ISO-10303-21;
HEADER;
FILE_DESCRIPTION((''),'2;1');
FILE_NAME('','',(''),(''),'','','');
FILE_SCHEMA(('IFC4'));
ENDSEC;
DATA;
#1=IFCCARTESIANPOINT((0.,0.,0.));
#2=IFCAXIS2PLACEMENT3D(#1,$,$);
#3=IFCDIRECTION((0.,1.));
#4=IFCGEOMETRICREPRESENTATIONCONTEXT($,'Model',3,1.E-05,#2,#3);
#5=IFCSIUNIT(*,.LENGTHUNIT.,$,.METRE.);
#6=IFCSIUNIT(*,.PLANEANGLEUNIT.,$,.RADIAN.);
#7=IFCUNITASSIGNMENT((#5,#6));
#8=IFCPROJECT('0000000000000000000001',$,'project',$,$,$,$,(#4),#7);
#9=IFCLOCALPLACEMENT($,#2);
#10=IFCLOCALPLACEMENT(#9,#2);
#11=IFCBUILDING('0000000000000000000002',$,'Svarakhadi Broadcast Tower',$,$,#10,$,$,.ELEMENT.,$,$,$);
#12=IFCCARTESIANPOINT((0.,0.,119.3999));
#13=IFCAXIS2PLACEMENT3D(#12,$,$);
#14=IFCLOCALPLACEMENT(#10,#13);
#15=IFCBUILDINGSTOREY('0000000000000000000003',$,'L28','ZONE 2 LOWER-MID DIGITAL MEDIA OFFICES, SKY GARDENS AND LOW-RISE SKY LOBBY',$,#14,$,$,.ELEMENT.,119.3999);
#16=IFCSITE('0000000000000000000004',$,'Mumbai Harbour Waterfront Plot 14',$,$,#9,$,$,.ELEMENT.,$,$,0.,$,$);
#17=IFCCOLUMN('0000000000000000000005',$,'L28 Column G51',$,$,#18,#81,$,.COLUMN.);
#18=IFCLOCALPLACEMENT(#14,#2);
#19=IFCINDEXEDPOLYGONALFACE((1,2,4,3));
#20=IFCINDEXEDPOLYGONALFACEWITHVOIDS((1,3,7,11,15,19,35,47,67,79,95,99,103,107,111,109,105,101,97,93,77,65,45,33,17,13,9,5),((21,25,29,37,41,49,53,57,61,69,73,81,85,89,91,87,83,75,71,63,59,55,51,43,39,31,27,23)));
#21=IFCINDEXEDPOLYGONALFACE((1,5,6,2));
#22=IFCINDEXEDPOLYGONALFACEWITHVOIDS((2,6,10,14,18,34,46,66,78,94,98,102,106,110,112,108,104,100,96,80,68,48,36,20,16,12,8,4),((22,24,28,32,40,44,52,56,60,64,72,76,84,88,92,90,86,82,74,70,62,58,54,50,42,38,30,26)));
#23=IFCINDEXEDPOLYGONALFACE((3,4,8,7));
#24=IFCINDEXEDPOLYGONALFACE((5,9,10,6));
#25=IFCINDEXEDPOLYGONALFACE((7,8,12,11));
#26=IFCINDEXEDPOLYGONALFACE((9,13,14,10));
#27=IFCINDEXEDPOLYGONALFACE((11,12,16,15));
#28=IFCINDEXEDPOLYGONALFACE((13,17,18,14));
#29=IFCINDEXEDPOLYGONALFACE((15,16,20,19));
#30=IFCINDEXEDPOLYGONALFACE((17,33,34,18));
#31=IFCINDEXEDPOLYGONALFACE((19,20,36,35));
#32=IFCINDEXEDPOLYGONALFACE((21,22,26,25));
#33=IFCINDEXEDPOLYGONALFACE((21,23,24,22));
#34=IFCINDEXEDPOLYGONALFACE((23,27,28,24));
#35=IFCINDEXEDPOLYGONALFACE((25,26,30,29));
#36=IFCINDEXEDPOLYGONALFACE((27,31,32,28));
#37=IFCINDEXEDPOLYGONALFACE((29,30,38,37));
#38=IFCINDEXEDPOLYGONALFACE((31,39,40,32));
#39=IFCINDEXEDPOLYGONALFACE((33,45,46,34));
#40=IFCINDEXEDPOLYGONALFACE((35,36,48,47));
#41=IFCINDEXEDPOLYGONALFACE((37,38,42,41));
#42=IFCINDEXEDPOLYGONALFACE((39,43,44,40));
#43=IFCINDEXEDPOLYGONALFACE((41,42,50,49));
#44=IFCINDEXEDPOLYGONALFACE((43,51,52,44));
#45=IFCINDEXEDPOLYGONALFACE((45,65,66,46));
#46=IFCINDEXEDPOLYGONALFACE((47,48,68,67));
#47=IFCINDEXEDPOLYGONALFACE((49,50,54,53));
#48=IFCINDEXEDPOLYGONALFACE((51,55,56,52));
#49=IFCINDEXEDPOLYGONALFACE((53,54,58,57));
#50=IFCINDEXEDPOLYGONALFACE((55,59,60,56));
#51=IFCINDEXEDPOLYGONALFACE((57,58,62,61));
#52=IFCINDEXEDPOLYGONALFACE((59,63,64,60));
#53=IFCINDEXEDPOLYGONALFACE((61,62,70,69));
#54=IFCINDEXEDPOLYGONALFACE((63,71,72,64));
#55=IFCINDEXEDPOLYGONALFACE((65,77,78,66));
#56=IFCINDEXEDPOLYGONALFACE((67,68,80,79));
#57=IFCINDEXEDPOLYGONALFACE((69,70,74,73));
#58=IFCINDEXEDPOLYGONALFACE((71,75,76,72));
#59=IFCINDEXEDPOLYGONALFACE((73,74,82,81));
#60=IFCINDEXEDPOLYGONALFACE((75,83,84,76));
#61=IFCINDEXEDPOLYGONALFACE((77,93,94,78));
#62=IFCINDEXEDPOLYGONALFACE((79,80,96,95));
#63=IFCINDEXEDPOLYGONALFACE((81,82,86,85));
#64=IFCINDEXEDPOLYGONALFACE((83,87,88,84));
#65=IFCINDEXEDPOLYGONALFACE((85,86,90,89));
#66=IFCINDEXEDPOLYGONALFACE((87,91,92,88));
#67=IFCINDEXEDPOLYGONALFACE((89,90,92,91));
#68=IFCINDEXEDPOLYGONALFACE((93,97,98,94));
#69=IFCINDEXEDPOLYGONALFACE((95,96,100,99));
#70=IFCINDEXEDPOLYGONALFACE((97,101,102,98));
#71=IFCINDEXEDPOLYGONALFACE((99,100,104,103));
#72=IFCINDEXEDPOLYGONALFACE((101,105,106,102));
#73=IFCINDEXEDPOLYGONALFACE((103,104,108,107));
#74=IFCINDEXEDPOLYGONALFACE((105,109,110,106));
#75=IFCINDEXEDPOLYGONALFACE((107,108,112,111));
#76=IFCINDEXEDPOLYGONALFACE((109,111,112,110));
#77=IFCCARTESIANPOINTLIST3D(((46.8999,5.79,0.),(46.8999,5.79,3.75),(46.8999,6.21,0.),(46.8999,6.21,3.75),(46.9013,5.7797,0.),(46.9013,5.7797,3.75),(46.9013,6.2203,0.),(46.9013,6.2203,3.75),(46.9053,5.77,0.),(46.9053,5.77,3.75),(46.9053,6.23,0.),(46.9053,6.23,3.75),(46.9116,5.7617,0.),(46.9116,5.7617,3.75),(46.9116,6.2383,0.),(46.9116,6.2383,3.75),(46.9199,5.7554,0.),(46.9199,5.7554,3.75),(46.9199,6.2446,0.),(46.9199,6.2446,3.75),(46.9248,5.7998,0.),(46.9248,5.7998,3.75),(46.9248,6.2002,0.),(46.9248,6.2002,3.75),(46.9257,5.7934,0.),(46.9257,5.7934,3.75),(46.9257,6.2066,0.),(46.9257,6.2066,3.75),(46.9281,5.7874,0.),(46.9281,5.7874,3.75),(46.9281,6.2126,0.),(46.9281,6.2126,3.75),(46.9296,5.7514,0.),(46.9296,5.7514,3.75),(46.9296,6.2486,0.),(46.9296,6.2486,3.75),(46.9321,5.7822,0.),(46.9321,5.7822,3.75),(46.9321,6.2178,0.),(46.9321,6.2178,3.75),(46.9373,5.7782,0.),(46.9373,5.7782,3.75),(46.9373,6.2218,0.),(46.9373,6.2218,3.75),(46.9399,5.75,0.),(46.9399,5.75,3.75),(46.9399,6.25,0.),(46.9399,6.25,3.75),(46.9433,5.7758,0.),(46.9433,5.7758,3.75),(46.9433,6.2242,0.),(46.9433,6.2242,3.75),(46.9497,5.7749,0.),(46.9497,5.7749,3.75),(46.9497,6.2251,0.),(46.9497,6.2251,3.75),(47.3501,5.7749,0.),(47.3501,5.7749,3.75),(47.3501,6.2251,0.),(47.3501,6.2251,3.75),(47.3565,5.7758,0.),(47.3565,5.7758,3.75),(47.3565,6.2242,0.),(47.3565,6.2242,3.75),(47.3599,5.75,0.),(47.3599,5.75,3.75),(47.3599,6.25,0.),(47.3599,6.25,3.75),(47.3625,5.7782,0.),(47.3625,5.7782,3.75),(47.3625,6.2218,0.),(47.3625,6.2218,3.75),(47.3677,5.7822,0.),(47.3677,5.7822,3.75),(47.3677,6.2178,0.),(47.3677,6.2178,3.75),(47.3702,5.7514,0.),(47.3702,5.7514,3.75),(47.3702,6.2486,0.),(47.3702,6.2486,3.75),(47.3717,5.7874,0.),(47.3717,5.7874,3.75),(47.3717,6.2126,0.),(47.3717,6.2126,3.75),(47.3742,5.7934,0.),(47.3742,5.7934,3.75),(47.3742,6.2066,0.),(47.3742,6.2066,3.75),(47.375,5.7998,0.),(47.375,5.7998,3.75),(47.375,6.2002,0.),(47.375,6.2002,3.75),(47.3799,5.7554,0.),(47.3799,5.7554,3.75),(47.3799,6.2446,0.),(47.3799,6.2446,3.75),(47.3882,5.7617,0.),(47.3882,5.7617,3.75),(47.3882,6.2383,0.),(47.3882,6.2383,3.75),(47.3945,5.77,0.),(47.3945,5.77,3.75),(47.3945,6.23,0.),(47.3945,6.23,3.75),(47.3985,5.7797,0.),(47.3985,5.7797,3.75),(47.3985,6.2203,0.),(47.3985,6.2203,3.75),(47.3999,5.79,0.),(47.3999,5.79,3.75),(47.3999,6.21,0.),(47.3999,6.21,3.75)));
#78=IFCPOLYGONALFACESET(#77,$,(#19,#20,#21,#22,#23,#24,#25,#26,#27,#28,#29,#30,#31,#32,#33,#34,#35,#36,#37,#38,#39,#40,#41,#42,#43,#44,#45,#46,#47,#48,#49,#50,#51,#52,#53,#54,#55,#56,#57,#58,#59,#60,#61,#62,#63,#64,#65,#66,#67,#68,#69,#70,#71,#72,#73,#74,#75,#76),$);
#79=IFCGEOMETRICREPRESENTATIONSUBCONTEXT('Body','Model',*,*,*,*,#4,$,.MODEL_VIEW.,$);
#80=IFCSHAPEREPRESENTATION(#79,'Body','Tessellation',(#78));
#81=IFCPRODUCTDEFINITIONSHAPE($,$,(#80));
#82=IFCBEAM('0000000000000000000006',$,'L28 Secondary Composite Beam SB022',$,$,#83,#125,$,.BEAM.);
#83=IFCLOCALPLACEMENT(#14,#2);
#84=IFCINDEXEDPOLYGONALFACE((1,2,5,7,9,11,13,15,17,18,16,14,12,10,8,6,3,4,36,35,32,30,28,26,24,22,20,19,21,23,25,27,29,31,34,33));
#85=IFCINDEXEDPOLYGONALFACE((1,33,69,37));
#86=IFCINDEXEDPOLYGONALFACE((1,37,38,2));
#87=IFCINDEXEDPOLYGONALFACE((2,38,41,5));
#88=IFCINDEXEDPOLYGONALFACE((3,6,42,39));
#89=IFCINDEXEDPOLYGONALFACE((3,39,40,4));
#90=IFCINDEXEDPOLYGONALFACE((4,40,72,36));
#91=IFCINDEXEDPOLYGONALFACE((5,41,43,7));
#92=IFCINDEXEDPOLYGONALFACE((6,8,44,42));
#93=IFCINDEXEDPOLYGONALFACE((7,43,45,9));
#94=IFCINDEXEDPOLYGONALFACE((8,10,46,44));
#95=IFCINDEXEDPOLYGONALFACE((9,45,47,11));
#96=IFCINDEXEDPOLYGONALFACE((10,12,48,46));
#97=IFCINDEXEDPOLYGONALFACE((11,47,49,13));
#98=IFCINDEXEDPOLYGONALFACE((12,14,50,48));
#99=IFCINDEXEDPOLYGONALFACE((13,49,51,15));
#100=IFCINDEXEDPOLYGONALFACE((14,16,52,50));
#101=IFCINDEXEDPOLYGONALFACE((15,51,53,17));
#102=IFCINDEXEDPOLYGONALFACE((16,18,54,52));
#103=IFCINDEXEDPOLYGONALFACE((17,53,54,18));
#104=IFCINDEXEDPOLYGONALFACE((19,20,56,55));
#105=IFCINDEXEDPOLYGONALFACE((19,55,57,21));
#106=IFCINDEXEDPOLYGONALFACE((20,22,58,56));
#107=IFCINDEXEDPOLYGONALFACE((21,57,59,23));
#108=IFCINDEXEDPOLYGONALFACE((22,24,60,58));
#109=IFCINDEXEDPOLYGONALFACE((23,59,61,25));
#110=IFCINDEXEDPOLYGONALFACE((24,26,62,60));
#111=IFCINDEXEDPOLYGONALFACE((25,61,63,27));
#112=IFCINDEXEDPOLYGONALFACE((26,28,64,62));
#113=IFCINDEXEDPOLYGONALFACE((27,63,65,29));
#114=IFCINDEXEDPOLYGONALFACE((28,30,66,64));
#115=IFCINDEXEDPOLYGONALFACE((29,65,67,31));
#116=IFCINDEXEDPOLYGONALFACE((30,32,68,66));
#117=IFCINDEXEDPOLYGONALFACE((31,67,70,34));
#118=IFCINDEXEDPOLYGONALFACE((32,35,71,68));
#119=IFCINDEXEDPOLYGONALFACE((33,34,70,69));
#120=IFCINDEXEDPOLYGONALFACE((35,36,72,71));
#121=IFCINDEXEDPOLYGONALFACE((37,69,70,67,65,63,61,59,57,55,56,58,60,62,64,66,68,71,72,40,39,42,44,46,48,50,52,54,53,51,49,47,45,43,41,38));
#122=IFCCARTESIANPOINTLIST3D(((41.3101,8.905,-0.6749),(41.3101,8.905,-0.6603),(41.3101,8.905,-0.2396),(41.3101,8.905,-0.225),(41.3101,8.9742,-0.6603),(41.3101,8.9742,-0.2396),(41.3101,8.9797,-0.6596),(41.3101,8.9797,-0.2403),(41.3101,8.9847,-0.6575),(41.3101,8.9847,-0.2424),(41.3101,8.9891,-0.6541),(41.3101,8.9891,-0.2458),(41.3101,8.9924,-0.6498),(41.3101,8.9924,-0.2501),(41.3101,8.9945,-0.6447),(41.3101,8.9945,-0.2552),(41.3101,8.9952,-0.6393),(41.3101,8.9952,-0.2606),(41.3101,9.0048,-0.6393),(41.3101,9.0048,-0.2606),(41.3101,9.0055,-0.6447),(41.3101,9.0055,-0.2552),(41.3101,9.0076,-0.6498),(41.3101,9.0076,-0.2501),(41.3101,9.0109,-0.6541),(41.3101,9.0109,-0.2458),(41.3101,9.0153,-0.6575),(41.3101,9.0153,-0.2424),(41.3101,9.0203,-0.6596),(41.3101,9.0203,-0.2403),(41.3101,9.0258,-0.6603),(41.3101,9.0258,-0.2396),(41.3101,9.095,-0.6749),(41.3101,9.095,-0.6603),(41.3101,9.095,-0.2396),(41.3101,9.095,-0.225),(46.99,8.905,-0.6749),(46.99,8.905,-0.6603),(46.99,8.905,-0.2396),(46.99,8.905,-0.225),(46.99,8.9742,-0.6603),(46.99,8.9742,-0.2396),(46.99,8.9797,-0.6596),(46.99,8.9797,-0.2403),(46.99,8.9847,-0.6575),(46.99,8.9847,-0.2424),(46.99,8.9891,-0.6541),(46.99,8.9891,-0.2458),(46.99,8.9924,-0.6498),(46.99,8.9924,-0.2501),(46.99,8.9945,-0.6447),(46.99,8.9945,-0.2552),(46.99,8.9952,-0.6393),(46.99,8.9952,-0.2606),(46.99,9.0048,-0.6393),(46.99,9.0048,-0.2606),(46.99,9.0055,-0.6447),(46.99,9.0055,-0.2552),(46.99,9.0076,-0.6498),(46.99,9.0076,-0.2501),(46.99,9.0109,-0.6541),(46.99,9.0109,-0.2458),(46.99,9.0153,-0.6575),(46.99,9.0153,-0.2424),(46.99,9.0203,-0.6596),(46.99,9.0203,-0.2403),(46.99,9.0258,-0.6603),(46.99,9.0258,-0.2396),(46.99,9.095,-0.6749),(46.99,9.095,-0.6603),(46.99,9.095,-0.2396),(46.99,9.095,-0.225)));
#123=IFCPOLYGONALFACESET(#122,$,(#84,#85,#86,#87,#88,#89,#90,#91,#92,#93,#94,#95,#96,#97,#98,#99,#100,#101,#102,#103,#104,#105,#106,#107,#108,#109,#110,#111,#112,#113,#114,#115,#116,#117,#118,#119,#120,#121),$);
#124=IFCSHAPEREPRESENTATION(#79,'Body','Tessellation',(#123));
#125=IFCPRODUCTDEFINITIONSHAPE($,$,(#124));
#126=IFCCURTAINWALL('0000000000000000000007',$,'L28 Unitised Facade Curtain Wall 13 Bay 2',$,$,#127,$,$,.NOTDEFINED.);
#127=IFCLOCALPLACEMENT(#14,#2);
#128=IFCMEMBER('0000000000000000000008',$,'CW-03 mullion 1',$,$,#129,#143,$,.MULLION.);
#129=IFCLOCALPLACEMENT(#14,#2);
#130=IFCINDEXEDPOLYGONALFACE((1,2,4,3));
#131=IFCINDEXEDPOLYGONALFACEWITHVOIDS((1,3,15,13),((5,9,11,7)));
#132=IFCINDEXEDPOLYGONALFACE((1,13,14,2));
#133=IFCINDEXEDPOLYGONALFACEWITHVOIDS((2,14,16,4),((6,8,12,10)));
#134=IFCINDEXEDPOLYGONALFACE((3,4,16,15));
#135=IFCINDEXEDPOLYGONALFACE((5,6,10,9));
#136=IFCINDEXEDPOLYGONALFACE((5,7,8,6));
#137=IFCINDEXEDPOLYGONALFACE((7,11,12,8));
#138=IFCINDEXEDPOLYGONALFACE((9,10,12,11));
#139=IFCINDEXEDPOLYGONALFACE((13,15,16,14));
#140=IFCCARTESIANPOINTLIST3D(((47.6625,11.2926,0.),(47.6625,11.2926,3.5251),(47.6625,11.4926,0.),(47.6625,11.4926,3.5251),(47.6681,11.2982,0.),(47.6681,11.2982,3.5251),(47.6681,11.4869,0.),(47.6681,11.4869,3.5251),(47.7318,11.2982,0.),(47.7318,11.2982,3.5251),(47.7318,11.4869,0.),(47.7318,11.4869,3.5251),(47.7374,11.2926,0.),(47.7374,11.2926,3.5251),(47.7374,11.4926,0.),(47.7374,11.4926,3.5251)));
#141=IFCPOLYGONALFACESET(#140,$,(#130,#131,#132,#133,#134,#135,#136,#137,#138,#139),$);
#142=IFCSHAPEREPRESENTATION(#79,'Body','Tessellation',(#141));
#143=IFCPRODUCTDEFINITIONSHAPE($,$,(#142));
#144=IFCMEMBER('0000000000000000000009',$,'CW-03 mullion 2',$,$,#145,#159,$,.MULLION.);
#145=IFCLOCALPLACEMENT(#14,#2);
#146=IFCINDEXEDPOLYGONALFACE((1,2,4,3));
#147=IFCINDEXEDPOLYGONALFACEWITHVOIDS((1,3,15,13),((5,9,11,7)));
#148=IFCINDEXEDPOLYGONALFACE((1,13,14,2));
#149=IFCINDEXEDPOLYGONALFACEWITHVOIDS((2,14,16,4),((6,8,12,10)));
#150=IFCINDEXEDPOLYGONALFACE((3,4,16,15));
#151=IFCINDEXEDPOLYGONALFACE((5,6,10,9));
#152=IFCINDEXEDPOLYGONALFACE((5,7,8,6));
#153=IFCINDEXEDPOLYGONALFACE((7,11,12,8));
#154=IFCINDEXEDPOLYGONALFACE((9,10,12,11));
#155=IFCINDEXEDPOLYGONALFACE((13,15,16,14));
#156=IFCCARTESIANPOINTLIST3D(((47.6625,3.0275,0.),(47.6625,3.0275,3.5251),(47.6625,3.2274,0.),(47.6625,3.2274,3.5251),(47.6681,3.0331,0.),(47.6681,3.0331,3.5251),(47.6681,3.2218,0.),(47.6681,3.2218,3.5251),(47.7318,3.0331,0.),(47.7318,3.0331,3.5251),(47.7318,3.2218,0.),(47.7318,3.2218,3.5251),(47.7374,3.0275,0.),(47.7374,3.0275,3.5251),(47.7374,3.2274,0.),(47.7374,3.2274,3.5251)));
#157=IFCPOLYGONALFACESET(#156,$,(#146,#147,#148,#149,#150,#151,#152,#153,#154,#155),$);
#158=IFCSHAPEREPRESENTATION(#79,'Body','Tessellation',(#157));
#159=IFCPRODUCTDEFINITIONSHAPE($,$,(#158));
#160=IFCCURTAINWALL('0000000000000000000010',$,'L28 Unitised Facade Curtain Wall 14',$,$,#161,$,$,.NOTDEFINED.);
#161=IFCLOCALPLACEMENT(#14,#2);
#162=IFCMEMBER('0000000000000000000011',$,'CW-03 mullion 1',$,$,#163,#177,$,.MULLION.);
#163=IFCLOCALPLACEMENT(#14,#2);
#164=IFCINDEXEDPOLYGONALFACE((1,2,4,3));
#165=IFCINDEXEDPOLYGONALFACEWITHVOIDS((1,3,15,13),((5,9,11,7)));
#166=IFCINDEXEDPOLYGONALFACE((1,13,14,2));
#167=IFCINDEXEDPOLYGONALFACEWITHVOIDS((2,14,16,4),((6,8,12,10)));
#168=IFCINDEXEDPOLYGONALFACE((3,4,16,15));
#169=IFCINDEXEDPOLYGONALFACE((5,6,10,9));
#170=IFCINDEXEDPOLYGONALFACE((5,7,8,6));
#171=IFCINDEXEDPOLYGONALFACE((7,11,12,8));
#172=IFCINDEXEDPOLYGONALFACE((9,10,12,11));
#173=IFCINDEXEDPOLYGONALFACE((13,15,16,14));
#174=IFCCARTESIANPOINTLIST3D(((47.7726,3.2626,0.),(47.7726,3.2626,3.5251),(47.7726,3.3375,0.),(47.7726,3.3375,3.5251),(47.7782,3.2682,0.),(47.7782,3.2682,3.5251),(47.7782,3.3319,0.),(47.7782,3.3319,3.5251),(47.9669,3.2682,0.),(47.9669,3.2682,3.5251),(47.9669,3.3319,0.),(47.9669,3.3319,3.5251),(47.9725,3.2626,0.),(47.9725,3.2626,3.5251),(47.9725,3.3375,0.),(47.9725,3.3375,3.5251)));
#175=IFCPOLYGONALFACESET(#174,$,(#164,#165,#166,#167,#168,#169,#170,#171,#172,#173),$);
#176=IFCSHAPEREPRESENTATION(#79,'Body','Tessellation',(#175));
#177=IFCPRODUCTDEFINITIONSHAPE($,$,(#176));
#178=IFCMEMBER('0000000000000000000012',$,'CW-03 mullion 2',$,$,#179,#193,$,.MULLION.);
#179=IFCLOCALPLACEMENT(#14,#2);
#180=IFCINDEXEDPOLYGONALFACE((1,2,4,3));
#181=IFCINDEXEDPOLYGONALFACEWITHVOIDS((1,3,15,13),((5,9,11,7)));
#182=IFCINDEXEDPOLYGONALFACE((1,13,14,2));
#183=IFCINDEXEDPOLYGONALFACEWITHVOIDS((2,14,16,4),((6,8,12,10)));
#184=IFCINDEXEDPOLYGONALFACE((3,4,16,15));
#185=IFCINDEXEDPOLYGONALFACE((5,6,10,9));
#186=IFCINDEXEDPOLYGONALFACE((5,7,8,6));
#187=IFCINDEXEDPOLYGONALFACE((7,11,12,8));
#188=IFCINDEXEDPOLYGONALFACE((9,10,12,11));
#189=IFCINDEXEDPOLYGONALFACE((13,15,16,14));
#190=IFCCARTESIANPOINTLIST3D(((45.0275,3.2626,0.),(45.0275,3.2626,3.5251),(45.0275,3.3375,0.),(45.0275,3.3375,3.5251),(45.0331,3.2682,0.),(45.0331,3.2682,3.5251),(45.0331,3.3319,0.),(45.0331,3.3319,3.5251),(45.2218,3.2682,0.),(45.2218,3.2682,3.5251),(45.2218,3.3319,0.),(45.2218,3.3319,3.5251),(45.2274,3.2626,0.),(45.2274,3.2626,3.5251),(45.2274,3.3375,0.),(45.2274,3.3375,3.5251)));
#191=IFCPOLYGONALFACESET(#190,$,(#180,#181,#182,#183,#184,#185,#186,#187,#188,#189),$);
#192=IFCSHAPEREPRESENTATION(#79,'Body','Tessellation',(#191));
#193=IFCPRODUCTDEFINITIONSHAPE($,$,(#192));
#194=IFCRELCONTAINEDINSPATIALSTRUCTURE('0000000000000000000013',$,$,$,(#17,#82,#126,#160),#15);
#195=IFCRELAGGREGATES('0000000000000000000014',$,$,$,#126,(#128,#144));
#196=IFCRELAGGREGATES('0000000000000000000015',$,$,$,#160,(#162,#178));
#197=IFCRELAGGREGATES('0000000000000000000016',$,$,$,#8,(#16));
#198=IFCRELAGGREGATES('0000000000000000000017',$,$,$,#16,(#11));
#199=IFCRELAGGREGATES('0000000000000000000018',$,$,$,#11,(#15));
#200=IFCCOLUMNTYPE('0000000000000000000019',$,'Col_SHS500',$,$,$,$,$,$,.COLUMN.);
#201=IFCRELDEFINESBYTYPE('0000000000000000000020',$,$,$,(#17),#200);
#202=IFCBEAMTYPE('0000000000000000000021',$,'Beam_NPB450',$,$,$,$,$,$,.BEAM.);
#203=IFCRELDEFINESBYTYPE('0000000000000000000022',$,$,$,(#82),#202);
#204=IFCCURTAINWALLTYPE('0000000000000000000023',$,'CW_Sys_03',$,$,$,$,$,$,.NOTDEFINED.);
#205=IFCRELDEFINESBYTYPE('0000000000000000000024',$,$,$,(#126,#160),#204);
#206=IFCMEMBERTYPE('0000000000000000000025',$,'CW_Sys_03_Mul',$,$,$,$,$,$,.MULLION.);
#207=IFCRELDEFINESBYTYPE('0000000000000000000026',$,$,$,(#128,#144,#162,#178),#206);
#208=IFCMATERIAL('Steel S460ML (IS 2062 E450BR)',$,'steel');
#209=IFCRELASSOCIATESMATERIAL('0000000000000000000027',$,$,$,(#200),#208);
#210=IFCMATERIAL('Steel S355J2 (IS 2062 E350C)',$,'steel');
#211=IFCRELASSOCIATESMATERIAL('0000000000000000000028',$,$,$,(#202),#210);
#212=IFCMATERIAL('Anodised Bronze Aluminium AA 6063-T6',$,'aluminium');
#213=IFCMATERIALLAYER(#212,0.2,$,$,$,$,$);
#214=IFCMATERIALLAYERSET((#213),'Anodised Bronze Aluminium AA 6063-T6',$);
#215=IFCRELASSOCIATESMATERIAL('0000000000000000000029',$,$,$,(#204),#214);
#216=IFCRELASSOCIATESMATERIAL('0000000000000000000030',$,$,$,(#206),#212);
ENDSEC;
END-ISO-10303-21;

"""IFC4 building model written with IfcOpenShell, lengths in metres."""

from ifc_helpers import new_model, si_unit, direction, frame, origin, origin_2d, place, context, subcontext, project, spatial, hollow_rectangle, i_section, extrude, material, layer, layer_set, material_profile, profile_set, type_object, element, aggregate, save


model = new_model("IFC4")

# Units and contexts
model_context = context("Model", 3, precision=1e-05, world=origin(), true_north=direction((0.0, 1.0)))
body_context = subcontext(model_context, "Body", "Model", "MODEL_VIEW")
ifc_project = project(units=[si_unit("LENGTHUNIT", "METRE"), si_unit("PLANEANGLEUNIT", "RADIAN")], contexts=[model_context])

# Site, building, storey
site_placement = place(None, origin())
site = spatial("IfcSite", under=ifc_project, at=site_placement, Name="Mumbai Harbour Waterfront Plot 14", CompositionType="ELEMENT", RefElevation=0.0)
building_placement = place(site_placement, origin())
building = spatial("IfcBuilding", under=site, at=building_placement, Name="Svarakhadi Broadcast Tower", CompositionType="ELEMENT")
storey_placement = place(building_placement, frame((0.0, 0.0, 119.3999)))
storey = spatial("IfcBuildingStorey", under=building, at=storey_placement, Name="L28", Description="ZONE 2 LOWER-MID DIGITAL MEDIA OFFICES, SKY GARDENS AND LOW-RISE SKY LOBBY", CompositionType="ELEMENT", Elevation=119.3999)

# Column
ifc_material_1 = material(Name="Steel S460ML (IS 2062 E450BR)", Category="steel")
ifc_material_profile_1 = material_profile(ifc_material_1, hollow_rectangle(XDim=0.5, YDim=0.5, WallThickness=0.0249, InnerFilletRadius=0.0249, OuterFilletRadius=0.04, at=origin_2d()), Name="SHS 500x500x25")
ifc_profile_set_1 = profile_set([ifc_material_profile_1], Name="Steel S460ML (IS 2062 E450BR)")
column_type = type_object("IfcColumnType", Name="Col_SHS500", PredefinedType="COLUMN", material=ifc_profile_set_1)
column_placement = place(storey_placement, frame((47.1499, 6.0, 0.0), z_axis=(0.0, 0.0, 1.0), x_axis=(1.0, 0.0, 0.0)))
element("IfcColumn", 1, at=column_placement, inside=storey, type_object=column_type, Name="L28 Column G51", PredefinedType="COLUMN", context=body_context, shape_type="SweptSolid", body=[
    extrude(hollow_rectangle(XDim=0.5, YDim=0.5, WallThickness=0.0249, InnerFilletRadius=0.0249, OuterFilletRadius=0.04, at=origin_2d()), origin(), (0.0, 0.0, 1.0), 3.75),
])

# Beam
ifc_material_2 = material(Name="Steel S355J2 (IS 2062 E350C)", Category="steel")
ifc_material_profile_2 = material_profile(ifc_material_2, i_section(OverallWidth=0.1899, OverallDepth=0.45, WebThickness=0.0095, FlangeThickness=0.0146, FilletRadius=0.021, at=origin_2d()), Name="NPB 450x190x78")
ifc_profile_set_2 = profile_set([ifc_material_profile_2], Name="Steel S355J2 (IS 2062 E350C)")
beam_type_1 = type_object("IfcBeamType", Name="Beam_NPB450", PredefinedType="BEAM", material=ifc_profile_set_2)
beam_1_placement = place(storey_placement, frame((41.3101, 9.0, -0.45), z_axis=(1.0, 0.0, 0.0), x_axis=(0.0, 1.0, 0.0)))
element("IfcBeam", 2, at=beam_1_placement, inside=storey, type_object=beam_type_1, Name="L28 Secondary Composite Beam SB022", PredefinedType="BEAM", context=body_context, shape_type="SweptSolid", body=[
    extrude(i_section(OverallWidth=0.1899, OverallDepth=0.45, WebThickness=0.0095, FlangeThickness=0.0146, FilletRadius=0.021, at=origin_2d()), origin(), (0.0, 0.0, 1.0), 5.6799),
])

# Curtain walls, members
ifc_material_3 = material(Name="Anodised Bronze Aluminium AA 6063-T6", Category="aluminium")
ifc_layer_1 = layer(ifc_material_3, 0.2)
ifc_layer_set_1 = layer_set([ifc_layer_1], Name="Anodised Bronze Aluminium AA 6063-T6")
curtain_wall_type = type_object("IfcCurtainWallType", Name="CW_Sys_03", PredefinedType="NOTDEFINED", material=ifc_layer_set_1)
curtain_wall_1_placement = place(storey_placement, origin())
curtain_wall_1 = element("IfcCurtainWall", 3, at=curtain_wall_1_placement, inside=storey, type_object=curtain_wall_type, Name="L28 Unitised Facade Curtain Wall 13 Bay 2", PredefinedType="NOTDEFINED")
ifc_material_profile_3 = material_profile(ifc_material_3, hollow_rectangle(XDim=0.075, YDim=0.2, WallThickness=0.0056, at=origin_2d()), Name="ALU MULLION 200x75x6")
ifc_profile_set_3 = profile_set([ifc_material_profile_3], Name="Anodised Bronze Aluminium AA 6063-T6")
member_type_1 = type_object("IfcMemberType", Name="CW_Sys_03_Mul", PredefinedType="MULLION", material=ifc_profile_set_3)
member_1_placement = place(storey_placement, frame((47.7, 11.3926, 0.0), z_axis=(0.0, 0.0, 1.0), x_axis=(1.0, 0.0, 0.0)))
member_1 = element("IfcMember", 4, at=member_1_placement, type_object=member_type_1, Name="CW-03 mullion 1", PredefinedType="MULLION", context=body_context, shape_type="SweptSolid", body=[
    extrude(hollow_rectangle(XDim=0.075, YDim=0.2, WallThickness=0.0056, at=origin_2d()), origin(), (0.0, 0.0, 1.0), 3.5251),
])
member_2_placement = place(storey_placement, frame((47.7, 3.1274, 0.0), z_axis=(0.0, 0.0, 1.0), x_axis=(1.0, 0.0, 0.0)))
member_2 = element("IfcMember", 5, at=member_2_placement, type_object=member_type_1, Name="CW-03 mullion 2", PredefinedType="MULLION", context=body_context, shape_type="SweptSolid", body=[
    extrude(hollow_rectangle(XDim=0.075, YDim=0.2, WallThickness=0.0056, at=origin_2d()), origin(), (0.0, 0.0, 1.0), 3.5251),
])
curtain_wall_2_placement = place(storey_placement, origin())
curtain_wall_2 = element("IfcCurtainWall", 6, at=curtain_wall_2_placement, inside=storey, type_object=curtain_wall_type, Name="L28 Unitised Facade Curtain Wall 14", PredefinedType="NOTDEFINED")
member_3_placement = place(storey_placement, frame((47.8726, 3.3, 0.0), z_axis=(0.0, 0.0, 1.0), x_axis=(0.0, -1.0, 0.0)))
member_3 = element("IfcMember", 7, at=member_3_placement, type_object=member_type_1, Name="CW-03 mullion 1", PredefinedType="MULLION", context=body_context, shape_type="SweptSolid", body=[
    extrude(hollow_rectangle(XDim=0.075, YDim=0.2, WallThickness=0.0056, at=origin_2d()), origin(), (0.0, 0.0, 1.0), 3.5251),
])
member_4_placement = place(storey_placement, frame((45.1274, 3.3, 0.0), z_axis=(0.0, 0.0, 1.0), x_axis=(0.0, -1.0, 0.0)))
member_4 = element("IfcMember", 8, at=member_4_placement, type_object=member_type_1, Name="CW-03 mullion 2", PredefinedType="MULLION", context=body_context, shape_type="SweptSolid", body=[
    extrude(hollow_rectangle(XDim=0.075, YDim=0.2, WallThickness=0.0056, at=origin_2d()), origin(), (0.0, 0.0, 1.0), 3.5251),
])

aggregate(curtain_wall_1, [member_1, member_2])
aggregate(curtain_wall_2, [member_3, member_4])

save(model, "model.ifc")
